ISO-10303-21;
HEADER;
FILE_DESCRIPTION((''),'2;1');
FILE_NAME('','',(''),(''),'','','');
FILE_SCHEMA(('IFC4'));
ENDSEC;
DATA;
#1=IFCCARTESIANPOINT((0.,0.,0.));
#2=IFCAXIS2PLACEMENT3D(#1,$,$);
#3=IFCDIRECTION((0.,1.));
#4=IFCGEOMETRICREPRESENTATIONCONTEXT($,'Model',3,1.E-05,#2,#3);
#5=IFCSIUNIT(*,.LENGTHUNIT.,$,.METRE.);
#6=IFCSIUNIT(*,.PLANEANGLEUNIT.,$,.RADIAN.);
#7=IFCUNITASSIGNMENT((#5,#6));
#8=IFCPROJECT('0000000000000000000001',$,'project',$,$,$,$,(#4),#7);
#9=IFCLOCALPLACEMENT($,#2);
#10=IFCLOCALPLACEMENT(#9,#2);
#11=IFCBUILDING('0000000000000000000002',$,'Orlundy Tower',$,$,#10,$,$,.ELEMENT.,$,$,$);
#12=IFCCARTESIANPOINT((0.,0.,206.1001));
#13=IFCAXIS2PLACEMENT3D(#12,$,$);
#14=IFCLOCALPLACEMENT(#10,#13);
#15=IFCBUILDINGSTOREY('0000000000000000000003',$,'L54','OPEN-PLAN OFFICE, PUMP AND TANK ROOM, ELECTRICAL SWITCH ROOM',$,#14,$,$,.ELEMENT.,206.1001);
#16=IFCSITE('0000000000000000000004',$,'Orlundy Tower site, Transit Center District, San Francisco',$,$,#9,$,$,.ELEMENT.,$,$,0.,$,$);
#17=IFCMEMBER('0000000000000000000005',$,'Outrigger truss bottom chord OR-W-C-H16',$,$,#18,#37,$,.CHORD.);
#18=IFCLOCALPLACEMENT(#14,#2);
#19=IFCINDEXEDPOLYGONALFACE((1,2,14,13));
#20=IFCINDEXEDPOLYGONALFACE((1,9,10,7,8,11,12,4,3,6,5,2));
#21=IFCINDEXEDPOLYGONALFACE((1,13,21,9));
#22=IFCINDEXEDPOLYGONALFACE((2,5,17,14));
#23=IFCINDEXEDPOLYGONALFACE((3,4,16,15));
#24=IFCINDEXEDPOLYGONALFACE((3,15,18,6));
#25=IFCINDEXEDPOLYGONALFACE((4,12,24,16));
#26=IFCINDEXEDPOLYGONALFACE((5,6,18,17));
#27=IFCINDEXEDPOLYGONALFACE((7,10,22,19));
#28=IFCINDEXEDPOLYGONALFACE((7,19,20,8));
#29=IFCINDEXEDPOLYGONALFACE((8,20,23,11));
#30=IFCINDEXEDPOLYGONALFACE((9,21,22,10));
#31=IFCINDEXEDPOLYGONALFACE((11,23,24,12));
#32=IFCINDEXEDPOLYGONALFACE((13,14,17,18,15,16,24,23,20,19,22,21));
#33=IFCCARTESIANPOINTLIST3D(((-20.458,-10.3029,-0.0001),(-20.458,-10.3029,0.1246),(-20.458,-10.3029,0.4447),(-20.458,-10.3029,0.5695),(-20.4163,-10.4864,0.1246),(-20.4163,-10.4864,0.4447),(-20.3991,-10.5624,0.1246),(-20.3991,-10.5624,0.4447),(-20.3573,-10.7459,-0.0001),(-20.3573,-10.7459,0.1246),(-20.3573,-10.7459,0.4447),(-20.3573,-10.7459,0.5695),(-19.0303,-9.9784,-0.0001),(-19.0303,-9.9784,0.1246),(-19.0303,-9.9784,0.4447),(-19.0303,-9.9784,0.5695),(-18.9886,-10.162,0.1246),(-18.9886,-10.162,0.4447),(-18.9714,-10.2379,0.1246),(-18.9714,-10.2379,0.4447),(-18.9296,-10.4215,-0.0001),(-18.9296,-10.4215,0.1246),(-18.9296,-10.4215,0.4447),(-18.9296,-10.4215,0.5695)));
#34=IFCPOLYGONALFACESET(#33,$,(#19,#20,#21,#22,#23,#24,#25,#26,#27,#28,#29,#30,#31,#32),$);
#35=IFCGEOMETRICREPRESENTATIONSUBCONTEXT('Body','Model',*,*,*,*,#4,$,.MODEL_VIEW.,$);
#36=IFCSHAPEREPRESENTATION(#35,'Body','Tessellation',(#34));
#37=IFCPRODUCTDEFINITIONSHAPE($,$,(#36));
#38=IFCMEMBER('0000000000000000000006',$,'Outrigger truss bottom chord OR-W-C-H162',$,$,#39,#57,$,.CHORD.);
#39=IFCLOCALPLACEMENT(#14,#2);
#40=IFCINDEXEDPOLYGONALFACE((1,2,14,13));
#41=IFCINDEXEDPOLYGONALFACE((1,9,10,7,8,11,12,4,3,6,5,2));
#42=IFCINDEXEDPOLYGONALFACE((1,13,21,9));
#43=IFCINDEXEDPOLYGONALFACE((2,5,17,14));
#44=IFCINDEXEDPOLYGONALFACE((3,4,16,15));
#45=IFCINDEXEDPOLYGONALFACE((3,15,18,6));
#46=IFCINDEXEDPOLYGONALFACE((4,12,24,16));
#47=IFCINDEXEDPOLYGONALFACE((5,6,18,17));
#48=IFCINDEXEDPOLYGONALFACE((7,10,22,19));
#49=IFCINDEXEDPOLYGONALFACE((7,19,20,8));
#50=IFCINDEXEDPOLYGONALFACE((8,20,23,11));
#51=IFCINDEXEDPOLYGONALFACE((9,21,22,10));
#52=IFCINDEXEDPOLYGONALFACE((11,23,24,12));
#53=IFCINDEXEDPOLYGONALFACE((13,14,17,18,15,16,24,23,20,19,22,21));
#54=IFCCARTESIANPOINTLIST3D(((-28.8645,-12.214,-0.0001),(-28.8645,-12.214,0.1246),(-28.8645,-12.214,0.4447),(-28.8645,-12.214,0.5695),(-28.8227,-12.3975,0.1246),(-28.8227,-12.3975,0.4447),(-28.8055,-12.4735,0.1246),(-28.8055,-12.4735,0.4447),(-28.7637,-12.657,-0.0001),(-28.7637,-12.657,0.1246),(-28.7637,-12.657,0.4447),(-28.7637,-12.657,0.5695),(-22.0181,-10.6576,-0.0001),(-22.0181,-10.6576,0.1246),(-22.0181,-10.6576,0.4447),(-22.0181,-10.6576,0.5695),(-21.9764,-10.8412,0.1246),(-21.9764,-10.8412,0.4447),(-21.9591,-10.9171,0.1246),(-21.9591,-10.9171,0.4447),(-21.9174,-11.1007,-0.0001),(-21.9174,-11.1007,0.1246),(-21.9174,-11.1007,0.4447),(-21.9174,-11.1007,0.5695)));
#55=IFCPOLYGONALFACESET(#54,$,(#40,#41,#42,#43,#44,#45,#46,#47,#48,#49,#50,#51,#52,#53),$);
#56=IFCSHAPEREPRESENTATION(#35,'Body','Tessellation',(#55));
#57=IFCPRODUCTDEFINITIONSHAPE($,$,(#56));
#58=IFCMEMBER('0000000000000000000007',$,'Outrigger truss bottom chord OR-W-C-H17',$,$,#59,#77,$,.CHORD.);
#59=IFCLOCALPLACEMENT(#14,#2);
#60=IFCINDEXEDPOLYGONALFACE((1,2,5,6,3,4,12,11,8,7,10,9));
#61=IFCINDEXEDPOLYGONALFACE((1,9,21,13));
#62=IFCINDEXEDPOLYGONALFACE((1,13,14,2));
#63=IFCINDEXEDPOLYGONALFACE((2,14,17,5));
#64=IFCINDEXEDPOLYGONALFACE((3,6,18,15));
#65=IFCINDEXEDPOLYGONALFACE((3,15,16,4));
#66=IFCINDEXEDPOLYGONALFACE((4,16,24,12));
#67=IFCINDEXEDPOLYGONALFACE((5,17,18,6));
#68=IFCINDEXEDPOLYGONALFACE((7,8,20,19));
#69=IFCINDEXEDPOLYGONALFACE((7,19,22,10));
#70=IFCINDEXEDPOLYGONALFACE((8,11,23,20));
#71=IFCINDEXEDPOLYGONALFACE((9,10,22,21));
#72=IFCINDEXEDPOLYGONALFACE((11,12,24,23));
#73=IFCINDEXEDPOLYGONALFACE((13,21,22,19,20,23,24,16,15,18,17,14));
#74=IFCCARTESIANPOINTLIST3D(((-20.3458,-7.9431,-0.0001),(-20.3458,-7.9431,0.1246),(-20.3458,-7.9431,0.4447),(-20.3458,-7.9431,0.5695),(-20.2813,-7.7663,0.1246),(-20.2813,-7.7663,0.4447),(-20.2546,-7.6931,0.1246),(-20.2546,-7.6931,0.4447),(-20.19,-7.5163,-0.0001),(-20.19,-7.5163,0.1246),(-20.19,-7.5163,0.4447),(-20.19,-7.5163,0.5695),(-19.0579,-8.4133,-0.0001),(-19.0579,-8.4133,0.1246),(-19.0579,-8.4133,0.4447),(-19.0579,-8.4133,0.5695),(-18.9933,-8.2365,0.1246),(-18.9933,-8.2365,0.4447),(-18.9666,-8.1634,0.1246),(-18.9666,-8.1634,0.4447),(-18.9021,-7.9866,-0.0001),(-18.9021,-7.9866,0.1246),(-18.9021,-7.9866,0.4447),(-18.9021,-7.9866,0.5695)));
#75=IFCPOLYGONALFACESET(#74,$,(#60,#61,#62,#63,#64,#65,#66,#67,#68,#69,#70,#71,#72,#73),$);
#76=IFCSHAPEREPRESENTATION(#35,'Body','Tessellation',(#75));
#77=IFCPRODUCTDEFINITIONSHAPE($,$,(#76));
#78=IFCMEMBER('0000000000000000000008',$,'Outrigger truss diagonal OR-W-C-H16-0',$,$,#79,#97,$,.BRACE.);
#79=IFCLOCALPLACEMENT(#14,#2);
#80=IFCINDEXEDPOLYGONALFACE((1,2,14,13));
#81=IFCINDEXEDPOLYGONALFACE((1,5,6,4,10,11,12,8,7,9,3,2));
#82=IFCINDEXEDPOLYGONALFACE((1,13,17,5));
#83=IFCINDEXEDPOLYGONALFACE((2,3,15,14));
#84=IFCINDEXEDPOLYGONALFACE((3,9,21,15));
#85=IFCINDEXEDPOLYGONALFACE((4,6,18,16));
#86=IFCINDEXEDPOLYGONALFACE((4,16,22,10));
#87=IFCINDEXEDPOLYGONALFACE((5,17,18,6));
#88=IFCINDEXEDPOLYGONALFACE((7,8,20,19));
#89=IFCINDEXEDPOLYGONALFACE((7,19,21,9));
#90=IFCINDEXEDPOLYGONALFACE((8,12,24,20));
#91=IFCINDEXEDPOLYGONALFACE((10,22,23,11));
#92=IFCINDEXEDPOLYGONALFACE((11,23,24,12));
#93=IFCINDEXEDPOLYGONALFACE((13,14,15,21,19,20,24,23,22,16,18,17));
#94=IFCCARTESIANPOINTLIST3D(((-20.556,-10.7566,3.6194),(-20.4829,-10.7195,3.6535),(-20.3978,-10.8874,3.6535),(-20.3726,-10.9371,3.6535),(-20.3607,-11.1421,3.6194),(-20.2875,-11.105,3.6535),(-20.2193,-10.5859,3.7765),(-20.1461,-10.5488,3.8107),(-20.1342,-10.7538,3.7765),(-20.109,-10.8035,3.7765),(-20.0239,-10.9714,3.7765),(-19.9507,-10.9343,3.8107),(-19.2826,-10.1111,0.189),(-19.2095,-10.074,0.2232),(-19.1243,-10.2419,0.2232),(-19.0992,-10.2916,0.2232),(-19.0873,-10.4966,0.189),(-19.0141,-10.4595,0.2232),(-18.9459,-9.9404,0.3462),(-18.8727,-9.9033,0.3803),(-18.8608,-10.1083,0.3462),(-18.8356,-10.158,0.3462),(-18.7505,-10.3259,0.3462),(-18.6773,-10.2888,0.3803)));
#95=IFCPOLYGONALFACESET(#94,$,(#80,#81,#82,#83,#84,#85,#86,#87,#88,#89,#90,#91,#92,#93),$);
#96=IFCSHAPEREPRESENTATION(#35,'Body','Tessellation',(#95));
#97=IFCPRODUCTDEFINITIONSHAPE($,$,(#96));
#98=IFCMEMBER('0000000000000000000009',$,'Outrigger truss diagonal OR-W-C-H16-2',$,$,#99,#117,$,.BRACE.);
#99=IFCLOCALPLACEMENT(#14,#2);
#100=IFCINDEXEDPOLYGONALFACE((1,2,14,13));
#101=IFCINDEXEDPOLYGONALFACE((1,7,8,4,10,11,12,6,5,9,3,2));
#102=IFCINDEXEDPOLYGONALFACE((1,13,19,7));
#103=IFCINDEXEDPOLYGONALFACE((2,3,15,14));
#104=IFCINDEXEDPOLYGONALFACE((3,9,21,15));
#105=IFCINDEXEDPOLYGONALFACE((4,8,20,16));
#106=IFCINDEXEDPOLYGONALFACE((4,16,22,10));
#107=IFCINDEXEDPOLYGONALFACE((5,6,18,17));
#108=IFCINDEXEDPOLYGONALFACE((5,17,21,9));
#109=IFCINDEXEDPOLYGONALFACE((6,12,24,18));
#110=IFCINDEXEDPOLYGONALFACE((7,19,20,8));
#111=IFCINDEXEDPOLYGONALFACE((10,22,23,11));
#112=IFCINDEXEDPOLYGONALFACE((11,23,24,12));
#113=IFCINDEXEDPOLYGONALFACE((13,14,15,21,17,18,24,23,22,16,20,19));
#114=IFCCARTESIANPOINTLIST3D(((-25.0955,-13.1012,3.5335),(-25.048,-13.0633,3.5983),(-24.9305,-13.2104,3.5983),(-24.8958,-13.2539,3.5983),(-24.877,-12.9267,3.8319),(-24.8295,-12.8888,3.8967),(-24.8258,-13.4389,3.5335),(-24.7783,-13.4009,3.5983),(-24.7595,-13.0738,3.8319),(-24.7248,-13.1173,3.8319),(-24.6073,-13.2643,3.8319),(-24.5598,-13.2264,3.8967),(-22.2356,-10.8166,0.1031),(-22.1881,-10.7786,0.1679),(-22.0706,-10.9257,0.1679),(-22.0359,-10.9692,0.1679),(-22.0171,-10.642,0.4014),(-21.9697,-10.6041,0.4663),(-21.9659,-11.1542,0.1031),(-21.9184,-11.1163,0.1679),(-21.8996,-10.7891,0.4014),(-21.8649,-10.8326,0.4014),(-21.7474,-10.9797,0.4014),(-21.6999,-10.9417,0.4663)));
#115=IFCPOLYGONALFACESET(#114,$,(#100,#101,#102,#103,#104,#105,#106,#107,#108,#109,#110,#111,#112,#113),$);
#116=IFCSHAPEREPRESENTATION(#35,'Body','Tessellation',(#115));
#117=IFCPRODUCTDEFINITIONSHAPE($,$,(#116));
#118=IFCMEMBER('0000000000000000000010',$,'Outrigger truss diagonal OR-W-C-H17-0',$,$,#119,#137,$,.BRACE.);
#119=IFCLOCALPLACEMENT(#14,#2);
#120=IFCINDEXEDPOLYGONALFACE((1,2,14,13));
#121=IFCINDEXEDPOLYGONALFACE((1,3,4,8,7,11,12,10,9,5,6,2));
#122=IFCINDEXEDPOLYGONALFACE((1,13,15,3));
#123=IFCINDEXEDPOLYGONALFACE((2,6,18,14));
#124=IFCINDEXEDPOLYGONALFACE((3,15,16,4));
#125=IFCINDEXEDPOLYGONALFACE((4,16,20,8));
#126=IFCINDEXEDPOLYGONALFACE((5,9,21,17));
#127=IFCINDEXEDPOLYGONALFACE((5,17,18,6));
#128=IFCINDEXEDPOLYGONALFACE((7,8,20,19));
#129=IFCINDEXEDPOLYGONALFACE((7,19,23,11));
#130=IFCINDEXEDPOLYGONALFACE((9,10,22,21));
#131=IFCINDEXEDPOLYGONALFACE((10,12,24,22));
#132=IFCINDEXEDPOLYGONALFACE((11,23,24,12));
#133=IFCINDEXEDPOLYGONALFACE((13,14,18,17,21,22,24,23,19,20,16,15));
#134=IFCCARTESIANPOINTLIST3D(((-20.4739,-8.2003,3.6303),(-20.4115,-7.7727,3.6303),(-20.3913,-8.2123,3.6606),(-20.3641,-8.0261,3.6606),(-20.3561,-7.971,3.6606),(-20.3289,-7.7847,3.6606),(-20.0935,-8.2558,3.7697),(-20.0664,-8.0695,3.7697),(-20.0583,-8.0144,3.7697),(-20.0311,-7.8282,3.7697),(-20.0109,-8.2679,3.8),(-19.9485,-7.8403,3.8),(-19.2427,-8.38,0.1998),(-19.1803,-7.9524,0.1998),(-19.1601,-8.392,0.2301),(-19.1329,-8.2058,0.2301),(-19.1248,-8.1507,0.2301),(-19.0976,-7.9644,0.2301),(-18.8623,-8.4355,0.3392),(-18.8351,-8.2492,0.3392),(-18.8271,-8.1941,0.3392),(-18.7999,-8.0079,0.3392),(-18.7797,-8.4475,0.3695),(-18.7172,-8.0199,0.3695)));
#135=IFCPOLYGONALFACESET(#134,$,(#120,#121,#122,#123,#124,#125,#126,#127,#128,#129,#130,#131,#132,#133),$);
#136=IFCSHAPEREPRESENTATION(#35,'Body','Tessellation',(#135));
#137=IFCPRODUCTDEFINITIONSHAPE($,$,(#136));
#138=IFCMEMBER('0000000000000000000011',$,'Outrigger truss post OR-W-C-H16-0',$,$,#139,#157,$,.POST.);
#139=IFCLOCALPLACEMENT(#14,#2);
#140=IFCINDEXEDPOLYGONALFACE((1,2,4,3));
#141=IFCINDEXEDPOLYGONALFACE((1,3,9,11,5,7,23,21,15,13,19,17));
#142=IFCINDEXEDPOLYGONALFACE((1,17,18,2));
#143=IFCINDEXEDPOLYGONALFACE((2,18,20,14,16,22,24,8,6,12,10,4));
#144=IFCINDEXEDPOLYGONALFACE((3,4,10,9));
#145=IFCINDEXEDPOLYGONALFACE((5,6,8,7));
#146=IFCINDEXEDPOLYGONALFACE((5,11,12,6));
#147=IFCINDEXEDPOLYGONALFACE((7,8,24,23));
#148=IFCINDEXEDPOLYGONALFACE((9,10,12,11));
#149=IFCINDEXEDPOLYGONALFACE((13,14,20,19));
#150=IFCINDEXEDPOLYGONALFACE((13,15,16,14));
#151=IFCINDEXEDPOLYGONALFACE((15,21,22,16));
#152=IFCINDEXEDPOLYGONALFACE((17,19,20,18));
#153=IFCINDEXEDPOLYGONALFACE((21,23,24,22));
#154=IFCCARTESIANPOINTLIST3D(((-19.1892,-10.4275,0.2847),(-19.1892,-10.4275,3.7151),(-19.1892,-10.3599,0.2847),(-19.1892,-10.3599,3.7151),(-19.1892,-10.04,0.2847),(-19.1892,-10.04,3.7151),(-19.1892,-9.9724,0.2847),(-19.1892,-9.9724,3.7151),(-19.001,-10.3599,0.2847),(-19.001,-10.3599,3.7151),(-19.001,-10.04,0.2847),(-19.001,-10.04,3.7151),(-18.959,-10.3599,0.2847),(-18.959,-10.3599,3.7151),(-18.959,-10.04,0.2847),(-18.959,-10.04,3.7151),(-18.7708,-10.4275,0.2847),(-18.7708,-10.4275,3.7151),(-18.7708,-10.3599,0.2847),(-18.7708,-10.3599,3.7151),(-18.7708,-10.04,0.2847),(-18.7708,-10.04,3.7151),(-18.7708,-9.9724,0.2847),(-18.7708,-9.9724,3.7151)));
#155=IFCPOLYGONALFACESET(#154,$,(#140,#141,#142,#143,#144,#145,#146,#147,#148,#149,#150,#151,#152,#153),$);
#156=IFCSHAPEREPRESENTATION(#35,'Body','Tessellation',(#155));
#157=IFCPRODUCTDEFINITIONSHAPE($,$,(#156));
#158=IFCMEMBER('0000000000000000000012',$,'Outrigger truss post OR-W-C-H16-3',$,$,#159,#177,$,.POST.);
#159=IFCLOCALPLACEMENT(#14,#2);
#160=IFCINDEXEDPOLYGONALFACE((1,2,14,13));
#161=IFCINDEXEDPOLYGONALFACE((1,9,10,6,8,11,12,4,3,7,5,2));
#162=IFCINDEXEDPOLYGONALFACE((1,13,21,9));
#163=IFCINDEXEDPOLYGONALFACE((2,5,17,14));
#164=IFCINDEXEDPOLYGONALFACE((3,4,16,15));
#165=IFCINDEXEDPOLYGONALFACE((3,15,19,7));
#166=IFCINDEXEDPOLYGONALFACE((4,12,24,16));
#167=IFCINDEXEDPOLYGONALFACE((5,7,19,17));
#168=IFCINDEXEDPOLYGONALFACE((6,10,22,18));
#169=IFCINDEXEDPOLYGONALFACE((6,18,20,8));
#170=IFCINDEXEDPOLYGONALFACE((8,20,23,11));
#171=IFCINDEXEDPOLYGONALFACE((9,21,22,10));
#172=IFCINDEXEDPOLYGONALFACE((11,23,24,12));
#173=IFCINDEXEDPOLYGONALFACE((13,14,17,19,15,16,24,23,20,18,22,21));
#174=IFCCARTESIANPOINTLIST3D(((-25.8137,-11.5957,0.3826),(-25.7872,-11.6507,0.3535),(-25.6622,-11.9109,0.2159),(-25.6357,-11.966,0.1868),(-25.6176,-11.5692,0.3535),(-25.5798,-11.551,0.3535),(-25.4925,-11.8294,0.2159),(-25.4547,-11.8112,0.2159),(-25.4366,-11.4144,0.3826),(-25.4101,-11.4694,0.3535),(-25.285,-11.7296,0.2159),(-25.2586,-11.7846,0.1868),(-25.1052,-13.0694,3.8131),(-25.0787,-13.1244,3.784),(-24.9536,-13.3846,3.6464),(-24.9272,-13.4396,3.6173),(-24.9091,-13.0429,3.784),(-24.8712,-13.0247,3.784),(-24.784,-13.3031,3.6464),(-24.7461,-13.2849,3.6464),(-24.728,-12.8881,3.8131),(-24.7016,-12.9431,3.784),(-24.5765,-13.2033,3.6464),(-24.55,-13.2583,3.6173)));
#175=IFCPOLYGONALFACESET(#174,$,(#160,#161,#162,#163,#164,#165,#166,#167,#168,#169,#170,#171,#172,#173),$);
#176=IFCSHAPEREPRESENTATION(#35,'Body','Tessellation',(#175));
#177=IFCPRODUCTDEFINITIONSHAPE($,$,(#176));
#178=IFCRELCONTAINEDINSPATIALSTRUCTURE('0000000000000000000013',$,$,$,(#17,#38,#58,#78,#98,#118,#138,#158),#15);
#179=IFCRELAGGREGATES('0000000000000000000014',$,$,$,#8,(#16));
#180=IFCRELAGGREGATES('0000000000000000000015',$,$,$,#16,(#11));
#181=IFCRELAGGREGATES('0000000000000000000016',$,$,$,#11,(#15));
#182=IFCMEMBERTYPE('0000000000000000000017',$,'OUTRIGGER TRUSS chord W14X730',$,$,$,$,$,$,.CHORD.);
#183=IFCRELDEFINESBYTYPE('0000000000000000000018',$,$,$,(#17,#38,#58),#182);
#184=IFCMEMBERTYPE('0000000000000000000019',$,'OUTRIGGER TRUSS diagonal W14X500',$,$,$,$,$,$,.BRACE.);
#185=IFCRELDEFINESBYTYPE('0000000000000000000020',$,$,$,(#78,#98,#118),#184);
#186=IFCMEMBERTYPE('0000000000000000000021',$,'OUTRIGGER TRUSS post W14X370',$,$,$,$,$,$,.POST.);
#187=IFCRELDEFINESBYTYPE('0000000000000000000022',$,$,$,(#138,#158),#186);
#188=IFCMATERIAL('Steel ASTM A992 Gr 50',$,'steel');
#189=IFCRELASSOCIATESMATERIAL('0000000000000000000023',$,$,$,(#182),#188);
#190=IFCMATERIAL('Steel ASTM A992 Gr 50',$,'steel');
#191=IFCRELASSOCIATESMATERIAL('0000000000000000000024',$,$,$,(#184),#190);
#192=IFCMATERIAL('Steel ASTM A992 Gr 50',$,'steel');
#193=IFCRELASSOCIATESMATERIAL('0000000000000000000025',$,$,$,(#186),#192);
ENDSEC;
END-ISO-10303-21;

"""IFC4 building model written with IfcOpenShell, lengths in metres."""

from ifc_helpers import new_model, si_unit, direction, frame, origin, origin_2d, place, context, subcontext, project, spatial, i_section, extrude, material, material_profile, profile_set, type_object, element, save


model = new_model("IFC4")

# Units and contexts
model_context = context("Model", 3, precision=1e-05, world=origin(), true_north=direction((0.0, 1.0)))
body_context = subcontext(model_context, "Body", "Model", "MODEL_VIEW")
ifc_project = project(units=[si_unit("LENGTHUNIT", "METRE"), si_unit("PLANEANGLEUNIT", "RADIAN")], contexts=[model_context])

# Site, building, storey
site_placement = place(None, origin())
site = spatial("IfcSite", under=ifc_project, at=site_placement, Name="Orlundy Tower site, Transit Center District, San Francisco", CompositionType="ELEMENT", RefElevation=0.0)
building_placement = place(site_placement, origin())
building = spatial("IfcBuilding", under=site, at=building_placement, Name="Orlundy Tower", CompositionType="ELEMENT")
storey_placement = place(building_placement, frame((0.0, 0.0, 206.1001)))
storey = spatial("IfcBuildingStorey", under=building, at=storey_placement, Name="L54", Description="OPEN-PLAN OFFICE, PUMP AND TANK ROOM, ELECTRICAL SWITCH ROOM", CompositionType="ELEMENT", Elevation=206.1001)

# Members
ifc_material_1 = material(Name="Steel ASTM A992 Gr 50", Category="steel")
ifc_material_profile_1 = material_profile(ifc_material_1, i_section(OverallWidth=0.4543, OverallDepth=0.5696, WebThickness=0.0779, FlangeThickness=0.1248, at=origin_2d()), Name="W14X730")
ifc_profile_set_1 = profile_set([ifc_material_profile_1], Name="Steel ASTM A992 Gr 50")
member_type_1 = type_object("IfcMemberType", Name="OUTRIGGER TRUSS chord W14X730", PredefinedType="CHORD", material=ifc_profile_set_1)
member_1_placement = place(storey_placement, frame((-18.98, -10.2, 0.2847), z_axis=(-0.975136, -0.221607, 0.0), x_axis=(0.221607, -0.975136, 0.0)))
element("IfcMember", 1, at=member_1_placement, inside=storey, type_object=member_type_1, Name="Outrigger truss bottom chord OR-W-C-H16", PredefinedType="CHORD", context=body_context, shape_type="SweptSolid", body=[
    extrude(i_section(OverallWidth=0.4543, OverallDepth=0.5696, WebThickness=0.0779, FlangeThickness=0.1248, at=origin_2d()), origin(), (0.0, 0.0, 1.0), 1.4641),
])
member_2_placement = place(storey_placement, frame((-21.9678, -10.8792, 0.2847), z_axis=(-0.975121, -0.221674, 0.0), x_axis=(0.221674, -0.975121, 0.0)))
element("IfcMember", 2, at=member_2_placement, inside=storey, type_object=member_type_1, Name="Outrigger truss bottom chord OR-W-C-H162", PredefinedType="CHORD", context=body_context, shape_type="SweptSolid", body=[
    extrude(i_section(OverallWidth=0.4543, OverallDepth=0.5696, WebThickness=0.0779, FlangeThickness=0.1248, at=origin_2d()), origin(), (0.0, 0.0, 1.0), 7.021),
])
member_3_placement = place(storey_placement, frame((-18.98, -8.2, 0.2847), z_axis=(-0.939345, 0.342972, 0.0), x_axis=(-0.342972, -0.939345, 0.0)))
element("IfcMember", 3, at=member_3_placement, inside=storey, type_object=member_type_1, Name="Outrigger truss bottom chord OR-W-C-H17", PredefinedType="CHORD", context=body_context, shape_type="SweptSolid", body=[
    extrude(i_section(OverallWidth=0.4543, OverallDepth=0.5696, WebThickness=0.0779, FlangeThickness=0.1248, at=origin_2d()), origin(), (0.0, 0.0, 1.0), 1.3711),
])
ifc_material_2 = material(Name="Steel ASTM A992 Gr 50", Category="steel")
ifc_material_profile_2 = material_profile(ifc_material_2, i_section(OverallWidth=0.4321, OverallDepth=0.4978, WebThickness=0.0557, FlangeThickness=0.0889, at=origin_2d()), Name="W14X500")
ifc_profile_set_2 = profile_set([ifc_material_profile_2], Name="Steel ASTM A992 Gr 50")
member_type_2 = type_object("IfcMemberType", Name="OUTRIGGER TRUSS diagonal W14X500", PredefinedType="BRACE", material=ifc_profile_set_2)
member_4_placement = place(storey_placement, frame((-18.98, -10.2, 0.2847), z_axis=(-0.342722, -0.173726, 0.923234), x_axis=(0.452132, -0.891951, 0.0)))
element("IfcMember", 4, at=member_4_placement, inside=storey, type_object=member_type_2, Name="Outrigger truss diagonal OR-W-C-H16-0", PredefinedType="BRACE", context=body_context, shape_type="SweptSolid", body=[
    extrude(i_section(OverallWidth=0.4321, OverallDepth=0.4978, WebThickness=0.0557, FlangeThickness=0.0889, at=origin_2d()), origin(), (0.0, 0.0, 1.0), 3.7156),
])
member_5_placement = place(storey_placement, frame((-21.9678, -10.8792, 0.2847), z_axis=(-0.57008, -0.455421, 0.683813), x_axis=(0.624158, -0.781298, 0.0)))
element("IfcMember", 5, at=member_5_placement, inside=storey, type_object=member_type_2, Name="Outrigger truss diagonal OR-W-C-H16-2", PredefinedType="BRACE", context=body_context, shape_type="SweptSolid", body=[
    extrude(i_section(OverallWidth=0.4321, OverallDepth=0.4978, WebThickness=0.0557, FlangeThickness=0.0889, at=origin_2d()), origin(), (0.0, 0.0, 1.0), 5.0166),
])
member_6_placement = place(storey_placement, frame((-18.98, -8.2, 0.2847), z_axis=(-0.337399, 0.049242, 0.940073), x_axis=(-0.144415, -0.989517, 0.0)))
element("IfcMember", 6, at=member_6_placement, inside=storey, type_object=member_type_2, Name="Outrigger truss diagonal OR-W-C-H17-0", PredefinedType="BRACE", context=body_context, shape_type="SweptSolid", body=[
    extrude(i_section(OverallWidth=0.4321, OverallDepth=0.4978, WebThickness=0.0557, FlangeThickness=0.0889, at=origin_2d()), origin(), (0.0, 0.0, 1.0), 3.6492),
])
ifc_material_3 = material(Name="Steel ASTM A992 Gr 50", Category="steel")
ifc_material_profile_3 = material_profile(ifc_material_3, i_section(OverallWidth=0.4185, OverallDepth=0.4551, WebThickness=0.042, FlangeThickness=0.0676, at=origin_2d()), Name="W14X370")
ifc_profile_set_3 = profile_set([ifc_material_profile_3], Name="Steel ASTM A992 Gr 50")
member_type_3 = type_object("IfcMemberType", Name="OUTRIGGER TRUSS post W14X370", PredefinedType="POST", material=ifc_profile_set_3)
member_7_placement = place(storey_placement, frame((-18.98, -10.2, 0.2847), z_axis=(0.0, 0.0, 1.0), x_axis=(1.0, 0.0, 0.0)))
element("IfcMember", 7, at=member_7_placement, inside=storey, type_object=member_type_3, Name="Outrigger truss post OR-W-C-H16-0", PredefinedType="POST", context=body_context, shape_type="SweptSolid", body=[
    extrude(i_section(OverallWidth=0.4185, OverallDepth=0.4551, WebThickness=0.042, FlangeThickness=0.0676, at=origin_2d()), origin(), (0.0, 0.0, 1.0), 3.4304),
])
member_8_placement = place(storey_placement, frame((-25.5361, -11.6902, 0.2847), z_axis=(0.186438, -0.38778, 0.9027), x_axis=(0.901248, 0.433304, 0.0)))
element("IfcMember", 8, at=member_8_placement, inside=storey, type_object=member_type_3, Name="Outrigger truss post OR-W-C-H16-3", PredefinedType="POST", context=body_context, shape_type="SweptSolid", body=[
    extrude(i_section(OverallWidth=0.4185, OverallDepth=0.4551, WebThickness=0.042, FlangeThickness=0.0676, at=origin_2d()), origin(), (0.0, 0.0, 1.0), 3.8003),
])

save(model, "model.ifc")
